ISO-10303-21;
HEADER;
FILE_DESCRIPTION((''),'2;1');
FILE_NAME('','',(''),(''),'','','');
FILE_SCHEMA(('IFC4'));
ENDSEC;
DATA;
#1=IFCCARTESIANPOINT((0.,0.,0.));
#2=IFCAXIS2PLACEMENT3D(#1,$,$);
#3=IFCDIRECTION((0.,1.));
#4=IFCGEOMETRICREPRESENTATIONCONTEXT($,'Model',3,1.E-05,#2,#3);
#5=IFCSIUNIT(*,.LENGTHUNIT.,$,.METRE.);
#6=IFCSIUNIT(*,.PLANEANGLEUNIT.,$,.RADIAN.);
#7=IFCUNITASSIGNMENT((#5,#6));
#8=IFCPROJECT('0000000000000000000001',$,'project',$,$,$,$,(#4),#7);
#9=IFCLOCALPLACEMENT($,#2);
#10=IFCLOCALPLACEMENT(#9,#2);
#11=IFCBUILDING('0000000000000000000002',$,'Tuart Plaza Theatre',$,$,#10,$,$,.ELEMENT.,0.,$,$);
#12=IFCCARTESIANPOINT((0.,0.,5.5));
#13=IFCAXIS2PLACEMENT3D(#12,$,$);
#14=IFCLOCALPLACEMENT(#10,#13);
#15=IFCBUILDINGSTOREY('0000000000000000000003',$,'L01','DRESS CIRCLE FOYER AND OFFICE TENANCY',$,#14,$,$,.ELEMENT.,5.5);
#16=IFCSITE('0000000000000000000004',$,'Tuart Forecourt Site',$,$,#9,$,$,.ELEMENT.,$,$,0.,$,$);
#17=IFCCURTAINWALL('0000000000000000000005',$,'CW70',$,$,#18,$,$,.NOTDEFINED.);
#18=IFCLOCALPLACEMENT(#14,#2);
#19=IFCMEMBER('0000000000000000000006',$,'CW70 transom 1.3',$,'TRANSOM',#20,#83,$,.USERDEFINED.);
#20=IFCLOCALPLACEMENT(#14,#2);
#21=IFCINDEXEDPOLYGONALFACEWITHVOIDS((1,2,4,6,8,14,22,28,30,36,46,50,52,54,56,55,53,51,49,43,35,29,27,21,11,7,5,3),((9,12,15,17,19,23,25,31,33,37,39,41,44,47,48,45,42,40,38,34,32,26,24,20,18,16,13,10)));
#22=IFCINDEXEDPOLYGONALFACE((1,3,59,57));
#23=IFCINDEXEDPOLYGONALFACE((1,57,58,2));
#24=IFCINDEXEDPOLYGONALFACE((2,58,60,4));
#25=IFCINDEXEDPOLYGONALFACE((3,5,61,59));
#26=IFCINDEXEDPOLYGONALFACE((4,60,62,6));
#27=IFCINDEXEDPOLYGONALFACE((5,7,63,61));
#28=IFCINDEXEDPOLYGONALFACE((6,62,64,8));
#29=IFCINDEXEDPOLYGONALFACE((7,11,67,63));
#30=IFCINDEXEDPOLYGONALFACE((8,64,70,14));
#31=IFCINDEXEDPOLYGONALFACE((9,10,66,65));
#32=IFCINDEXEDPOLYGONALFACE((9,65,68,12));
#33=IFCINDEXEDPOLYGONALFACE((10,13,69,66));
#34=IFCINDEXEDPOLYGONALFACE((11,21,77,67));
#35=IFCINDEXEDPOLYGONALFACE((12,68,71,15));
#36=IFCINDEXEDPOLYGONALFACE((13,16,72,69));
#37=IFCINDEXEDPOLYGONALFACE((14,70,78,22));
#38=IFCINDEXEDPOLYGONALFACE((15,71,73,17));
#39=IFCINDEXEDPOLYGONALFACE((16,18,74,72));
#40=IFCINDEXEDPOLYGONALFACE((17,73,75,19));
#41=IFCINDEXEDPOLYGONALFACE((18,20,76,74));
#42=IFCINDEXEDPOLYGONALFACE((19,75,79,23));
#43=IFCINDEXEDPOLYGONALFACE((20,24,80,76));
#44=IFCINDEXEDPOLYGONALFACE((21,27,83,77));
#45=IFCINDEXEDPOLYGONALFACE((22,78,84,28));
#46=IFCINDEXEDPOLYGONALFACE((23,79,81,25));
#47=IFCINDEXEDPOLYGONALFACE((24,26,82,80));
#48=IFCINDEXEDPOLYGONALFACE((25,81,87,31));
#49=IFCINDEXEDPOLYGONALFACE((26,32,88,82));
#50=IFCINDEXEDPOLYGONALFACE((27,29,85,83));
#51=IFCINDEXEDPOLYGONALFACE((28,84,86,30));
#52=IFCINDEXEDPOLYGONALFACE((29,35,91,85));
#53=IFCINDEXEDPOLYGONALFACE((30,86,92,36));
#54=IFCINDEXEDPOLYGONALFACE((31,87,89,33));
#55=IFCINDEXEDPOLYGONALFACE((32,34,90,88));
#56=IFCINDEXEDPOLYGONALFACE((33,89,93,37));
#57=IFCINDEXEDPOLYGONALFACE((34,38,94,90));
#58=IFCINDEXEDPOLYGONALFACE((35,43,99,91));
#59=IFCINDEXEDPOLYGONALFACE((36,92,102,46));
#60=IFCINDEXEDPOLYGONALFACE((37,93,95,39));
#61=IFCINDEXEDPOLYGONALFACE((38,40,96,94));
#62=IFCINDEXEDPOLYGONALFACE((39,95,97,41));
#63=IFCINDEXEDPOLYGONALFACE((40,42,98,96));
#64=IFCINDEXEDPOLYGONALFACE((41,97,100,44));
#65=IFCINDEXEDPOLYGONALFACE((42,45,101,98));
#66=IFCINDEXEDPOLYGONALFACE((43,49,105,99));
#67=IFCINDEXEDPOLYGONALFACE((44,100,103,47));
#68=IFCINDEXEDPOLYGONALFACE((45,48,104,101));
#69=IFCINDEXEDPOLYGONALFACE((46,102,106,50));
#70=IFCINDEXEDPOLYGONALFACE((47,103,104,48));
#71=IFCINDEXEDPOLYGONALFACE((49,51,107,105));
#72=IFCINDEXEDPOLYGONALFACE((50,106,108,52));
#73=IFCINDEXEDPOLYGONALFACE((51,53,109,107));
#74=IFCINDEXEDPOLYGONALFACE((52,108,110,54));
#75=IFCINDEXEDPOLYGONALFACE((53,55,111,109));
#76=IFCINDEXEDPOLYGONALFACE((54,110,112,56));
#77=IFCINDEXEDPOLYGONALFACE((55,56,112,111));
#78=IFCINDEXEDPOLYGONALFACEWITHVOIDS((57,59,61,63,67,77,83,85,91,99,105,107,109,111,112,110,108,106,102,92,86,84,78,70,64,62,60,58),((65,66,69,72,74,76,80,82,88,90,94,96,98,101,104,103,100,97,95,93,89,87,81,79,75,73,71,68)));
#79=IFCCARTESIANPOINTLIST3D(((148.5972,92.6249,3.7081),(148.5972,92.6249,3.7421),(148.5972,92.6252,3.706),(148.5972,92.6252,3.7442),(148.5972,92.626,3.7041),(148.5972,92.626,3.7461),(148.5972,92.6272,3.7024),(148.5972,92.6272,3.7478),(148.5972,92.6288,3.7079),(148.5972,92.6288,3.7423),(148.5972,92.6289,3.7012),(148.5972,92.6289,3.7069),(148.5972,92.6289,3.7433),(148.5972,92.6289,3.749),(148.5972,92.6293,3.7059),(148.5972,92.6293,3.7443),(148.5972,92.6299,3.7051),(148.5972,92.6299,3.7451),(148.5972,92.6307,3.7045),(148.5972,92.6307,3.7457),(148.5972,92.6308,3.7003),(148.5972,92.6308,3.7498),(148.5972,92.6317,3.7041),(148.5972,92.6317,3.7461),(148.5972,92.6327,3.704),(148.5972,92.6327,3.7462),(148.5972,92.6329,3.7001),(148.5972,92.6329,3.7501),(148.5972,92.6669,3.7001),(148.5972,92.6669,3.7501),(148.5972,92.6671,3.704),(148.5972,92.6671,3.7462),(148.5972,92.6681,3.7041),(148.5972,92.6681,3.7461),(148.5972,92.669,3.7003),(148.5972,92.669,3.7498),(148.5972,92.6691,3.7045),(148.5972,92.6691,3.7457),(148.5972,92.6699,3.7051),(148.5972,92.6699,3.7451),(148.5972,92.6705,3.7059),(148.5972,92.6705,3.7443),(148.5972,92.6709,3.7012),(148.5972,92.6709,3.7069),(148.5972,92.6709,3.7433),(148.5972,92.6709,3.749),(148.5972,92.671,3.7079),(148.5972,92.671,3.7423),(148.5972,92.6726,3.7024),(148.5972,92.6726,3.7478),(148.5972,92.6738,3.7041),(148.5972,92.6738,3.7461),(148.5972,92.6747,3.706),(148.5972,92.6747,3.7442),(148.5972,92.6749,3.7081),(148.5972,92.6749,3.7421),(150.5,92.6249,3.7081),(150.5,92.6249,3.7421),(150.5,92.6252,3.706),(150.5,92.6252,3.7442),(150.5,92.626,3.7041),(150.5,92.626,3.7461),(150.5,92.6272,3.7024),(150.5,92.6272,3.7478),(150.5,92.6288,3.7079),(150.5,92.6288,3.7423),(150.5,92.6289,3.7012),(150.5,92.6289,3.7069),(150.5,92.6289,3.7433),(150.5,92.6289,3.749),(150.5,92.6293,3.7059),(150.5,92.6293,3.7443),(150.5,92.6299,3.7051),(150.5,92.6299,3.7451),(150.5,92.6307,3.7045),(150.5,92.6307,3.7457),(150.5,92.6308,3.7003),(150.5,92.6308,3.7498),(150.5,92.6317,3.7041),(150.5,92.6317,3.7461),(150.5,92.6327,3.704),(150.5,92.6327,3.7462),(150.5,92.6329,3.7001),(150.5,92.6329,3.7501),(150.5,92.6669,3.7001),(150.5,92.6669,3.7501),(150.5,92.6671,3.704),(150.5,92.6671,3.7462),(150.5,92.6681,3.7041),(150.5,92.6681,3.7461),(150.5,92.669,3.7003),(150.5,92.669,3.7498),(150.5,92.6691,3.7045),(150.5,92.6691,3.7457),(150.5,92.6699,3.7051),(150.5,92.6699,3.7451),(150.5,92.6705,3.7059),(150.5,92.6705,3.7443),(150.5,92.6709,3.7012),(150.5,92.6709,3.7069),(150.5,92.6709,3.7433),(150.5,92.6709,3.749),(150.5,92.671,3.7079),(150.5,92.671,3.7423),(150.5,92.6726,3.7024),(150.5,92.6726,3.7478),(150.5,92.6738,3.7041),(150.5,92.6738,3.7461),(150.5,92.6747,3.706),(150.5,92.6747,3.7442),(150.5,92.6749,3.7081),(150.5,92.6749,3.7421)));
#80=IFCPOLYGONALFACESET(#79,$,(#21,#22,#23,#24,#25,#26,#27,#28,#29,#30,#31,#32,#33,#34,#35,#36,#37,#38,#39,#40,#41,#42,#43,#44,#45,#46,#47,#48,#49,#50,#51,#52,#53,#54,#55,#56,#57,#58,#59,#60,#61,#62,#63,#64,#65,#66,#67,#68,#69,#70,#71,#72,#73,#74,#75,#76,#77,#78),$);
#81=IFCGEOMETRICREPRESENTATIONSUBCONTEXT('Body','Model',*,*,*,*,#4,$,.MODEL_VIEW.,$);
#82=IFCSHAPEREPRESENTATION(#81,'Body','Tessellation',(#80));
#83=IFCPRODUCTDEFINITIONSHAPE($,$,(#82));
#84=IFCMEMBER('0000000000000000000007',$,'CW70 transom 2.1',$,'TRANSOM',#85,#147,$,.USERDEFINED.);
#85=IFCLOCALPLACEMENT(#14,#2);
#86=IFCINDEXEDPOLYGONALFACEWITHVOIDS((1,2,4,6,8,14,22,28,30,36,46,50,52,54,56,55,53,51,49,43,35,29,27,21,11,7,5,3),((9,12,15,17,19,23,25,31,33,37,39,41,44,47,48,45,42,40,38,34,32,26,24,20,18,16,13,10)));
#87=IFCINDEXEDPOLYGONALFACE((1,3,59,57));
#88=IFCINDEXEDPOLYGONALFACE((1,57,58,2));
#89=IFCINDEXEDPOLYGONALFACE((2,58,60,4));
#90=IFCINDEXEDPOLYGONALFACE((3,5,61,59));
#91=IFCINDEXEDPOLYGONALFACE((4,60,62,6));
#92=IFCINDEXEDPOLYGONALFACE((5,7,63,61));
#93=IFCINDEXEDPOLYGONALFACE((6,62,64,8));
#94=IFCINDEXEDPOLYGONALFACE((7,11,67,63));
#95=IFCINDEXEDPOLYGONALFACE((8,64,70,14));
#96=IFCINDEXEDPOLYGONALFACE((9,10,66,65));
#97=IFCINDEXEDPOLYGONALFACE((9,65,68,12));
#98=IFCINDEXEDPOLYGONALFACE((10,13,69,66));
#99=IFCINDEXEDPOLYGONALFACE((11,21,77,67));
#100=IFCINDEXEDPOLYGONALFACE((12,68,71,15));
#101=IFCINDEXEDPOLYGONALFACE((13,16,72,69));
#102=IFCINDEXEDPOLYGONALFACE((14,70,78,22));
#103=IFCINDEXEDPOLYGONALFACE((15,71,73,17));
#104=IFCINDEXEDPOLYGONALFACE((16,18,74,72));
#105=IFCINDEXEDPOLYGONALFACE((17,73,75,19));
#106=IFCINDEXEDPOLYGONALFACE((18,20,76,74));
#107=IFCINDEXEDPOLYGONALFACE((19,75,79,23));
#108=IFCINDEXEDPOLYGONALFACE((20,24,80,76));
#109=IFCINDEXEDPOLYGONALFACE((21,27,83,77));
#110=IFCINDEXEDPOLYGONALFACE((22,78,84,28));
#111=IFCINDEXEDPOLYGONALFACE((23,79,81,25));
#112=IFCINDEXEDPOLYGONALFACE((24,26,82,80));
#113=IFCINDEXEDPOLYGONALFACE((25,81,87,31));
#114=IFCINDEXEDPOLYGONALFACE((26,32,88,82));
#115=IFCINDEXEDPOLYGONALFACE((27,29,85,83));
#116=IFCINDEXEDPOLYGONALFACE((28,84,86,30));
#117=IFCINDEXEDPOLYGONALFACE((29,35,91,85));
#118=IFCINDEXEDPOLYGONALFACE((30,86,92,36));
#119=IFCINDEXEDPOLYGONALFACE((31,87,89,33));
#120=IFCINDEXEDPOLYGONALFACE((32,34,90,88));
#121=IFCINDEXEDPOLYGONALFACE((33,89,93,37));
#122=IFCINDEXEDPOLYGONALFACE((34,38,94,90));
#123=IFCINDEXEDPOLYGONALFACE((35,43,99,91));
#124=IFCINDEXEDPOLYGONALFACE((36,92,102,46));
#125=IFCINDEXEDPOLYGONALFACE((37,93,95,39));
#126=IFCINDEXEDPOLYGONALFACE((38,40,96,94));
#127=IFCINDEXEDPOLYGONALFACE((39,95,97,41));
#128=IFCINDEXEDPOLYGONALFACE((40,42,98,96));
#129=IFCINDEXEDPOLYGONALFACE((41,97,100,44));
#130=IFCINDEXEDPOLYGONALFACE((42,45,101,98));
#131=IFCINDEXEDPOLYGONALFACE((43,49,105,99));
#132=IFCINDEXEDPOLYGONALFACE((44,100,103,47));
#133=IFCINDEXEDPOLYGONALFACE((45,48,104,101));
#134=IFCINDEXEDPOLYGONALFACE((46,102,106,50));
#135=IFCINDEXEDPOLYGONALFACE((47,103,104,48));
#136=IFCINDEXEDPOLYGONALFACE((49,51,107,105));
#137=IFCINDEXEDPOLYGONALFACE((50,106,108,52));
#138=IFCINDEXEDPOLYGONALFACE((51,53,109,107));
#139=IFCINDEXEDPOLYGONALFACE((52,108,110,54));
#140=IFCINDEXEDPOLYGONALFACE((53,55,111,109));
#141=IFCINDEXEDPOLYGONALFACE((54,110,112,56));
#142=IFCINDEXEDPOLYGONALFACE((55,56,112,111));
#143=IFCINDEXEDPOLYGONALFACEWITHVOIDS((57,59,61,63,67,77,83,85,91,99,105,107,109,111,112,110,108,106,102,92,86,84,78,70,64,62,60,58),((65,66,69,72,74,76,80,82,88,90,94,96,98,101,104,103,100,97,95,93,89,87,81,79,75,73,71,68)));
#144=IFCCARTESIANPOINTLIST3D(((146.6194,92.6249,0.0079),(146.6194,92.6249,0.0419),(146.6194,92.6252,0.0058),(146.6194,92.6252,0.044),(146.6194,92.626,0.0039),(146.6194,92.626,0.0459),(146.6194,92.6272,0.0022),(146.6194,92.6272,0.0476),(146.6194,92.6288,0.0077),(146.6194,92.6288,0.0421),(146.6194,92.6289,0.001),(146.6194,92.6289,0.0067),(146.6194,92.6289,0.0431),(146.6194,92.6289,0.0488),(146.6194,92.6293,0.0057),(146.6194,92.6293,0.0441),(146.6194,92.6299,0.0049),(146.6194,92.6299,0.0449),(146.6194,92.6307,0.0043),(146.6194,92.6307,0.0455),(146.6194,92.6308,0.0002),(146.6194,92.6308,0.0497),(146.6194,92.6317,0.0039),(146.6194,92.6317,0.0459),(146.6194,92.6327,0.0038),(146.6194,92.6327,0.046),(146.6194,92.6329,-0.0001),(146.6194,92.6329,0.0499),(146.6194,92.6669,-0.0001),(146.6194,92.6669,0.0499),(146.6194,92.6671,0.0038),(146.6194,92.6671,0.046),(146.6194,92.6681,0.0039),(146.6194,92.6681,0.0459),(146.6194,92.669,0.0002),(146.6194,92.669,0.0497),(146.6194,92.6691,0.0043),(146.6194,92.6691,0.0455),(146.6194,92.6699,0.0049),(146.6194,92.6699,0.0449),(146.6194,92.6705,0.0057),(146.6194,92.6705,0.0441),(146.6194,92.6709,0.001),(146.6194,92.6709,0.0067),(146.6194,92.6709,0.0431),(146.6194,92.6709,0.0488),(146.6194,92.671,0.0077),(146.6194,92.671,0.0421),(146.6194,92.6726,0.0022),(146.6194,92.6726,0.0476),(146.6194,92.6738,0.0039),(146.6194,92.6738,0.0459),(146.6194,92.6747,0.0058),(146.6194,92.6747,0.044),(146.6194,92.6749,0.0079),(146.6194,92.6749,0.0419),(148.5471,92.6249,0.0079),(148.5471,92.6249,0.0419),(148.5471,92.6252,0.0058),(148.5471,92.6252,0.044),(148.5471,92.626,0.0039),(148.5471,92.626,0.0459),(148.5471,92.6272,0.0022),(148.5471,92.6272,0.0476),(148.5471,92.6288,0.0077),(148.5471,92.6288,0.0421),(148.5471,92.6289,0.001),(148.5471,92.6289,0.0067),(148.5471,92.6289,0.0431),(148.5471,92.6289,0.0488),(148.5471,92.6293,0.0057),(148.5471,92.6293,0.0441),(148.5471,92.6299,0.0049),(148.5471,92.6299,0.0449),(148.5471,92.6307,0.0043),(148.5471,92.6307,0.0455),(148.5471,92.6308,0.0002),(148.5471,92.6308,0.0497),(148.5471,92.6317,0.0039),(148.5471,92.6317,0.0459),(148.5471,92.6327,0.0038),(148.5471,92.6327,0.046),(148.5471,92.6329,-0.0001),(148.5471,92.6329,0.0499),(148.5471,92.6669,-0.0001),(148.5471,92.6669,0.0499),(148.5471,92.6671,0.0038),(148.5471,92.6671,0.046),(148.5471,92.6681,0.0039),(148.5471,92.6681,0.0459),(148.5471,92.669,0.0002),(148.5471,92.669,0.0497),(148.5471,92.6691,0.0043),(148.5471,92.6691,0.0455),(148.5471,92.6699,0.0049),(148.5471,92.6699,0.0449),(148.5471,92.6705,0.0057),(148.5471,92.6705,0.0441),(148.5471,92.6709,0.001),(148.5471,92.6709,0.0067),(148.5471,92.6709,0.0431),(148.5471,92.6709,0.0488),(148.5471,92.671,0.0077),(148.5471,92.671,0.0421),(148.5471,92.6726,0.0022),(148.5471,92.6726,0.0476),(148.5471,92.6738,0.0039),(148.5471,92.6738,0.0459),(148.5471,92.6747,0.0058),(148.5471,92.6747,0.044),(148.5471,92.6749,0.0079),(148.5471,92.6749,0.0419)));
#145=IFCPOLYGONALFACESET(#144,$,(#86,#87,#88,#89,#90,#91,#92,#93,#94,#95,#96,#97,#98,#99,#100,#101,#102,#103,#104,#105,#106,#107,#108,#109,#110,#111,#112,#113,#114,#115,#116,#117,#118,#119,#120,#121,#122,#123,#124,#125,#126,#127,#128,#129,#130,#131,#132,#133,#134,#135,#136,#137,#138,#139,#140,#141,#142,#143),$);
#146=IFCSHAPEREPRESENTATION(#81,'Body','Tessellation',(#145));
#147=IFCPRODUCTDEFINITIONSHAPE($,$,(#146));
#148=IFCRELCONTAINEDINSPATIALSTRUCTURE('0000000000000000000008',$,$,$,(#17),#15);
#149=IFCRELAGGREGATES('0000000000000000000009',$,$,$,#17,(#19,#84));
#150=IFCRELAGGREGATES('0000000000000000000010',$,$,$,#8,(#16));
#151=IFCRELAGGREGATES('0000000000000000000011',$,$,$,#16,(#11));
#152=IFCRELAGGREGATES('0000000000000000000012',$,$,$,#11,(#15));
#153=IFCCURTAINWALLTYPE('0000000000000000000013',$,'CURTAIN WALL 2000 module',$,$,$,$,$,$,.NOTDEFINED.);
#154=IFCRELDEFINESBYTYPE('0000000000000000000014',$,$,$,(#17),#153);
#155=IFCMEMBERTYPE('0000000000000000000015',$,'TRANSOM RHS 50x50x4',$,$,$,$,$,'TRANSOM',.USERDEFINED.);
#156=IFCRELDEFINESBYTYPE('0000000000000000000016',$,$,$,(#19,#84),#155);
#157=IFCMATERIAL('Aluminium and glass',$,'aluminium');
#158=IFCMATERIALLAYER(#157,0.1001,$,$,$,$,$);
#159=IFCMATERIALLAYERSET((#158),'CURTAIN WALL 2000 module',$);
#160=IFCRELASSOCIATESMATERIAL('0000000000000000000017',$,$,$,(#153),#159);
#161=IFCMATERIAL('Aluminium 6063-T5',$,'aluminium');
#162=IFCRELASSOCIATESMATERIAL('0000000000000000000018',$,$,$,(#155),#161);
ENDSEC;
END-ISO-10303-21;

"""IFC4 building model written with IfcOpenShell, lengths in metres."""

from ifc_helpers import new_model, si_unit, direction, frame, origin, origin_2d, place, context, subcontext, project, spatial, hollow_rectangle, extrude, material, layer, layer_set, material_profile, profile_set, type_object, element, aggregate, save


model = new_model("IFC4")

# Units and contexts
model_context = context("Model", 3, precision=1e-05, world=origin(), true_north=direction((0.0, 1.0)))
body_context = subcontext(model_context, "Body", "Model", "MODEL_VIEW")
ifc_project = project(units=[si_unit("LENGTHUNIT", "METRE"), si_unit("PLANEANGLEUNIT", "RADIAN")], contexts=[model_context])

# Site, building, storey
site_placement = place(None, origin())
site = spatial("IfcSite", under=ifc_project, at=site_placement, Name="Tuart Forecourt Site", CompositionType="ELEMENT", RefElevation=0.0)
building_placement = place(site_placement, origin())
building = spatial("IfcBuilding", under=site, at=building_placement, Name="Tuart Plaza Theatre", CompositionType="ELEMENT", ElevationOfRefHeight=0.0)
storey_placement = place(building_placement, frame((0.0, 0.0, 5.5)))
storey = spatial("IfcBuildingStorey", under=building, at=storey_placement, Name="L01", Description="DRESS CIRCLE FOYER AND OFFICE TENANCY", CompositionType="ELEMENT", Elevation=5.5)

# Curtain wall
ifc_material_1 = material(Name="Aluminium and glass", Category="aluminium")
ifc_layer_1 = layer(ifc_material_1, 0.1001)
ifc_layer_set_1 = layer_set([ifc_layer_1], Name="CURTAIN WALL 2000 module")
curtain_wall_type = type_object("IfcCurtainWallType", Name="CURTAIN WALL 2000 module", PredefinedType="NOTDEFINED", material=ifc_layer_set_1)
curtain_wall_1_placement = place(storey_placement, origin())
curtain_wall_1 = element("IfcCurtainWall", 1, at=curtain_wall_1_placement, inside=storey, type_object=curtain_wall_type, Name="CW70", PredefinedType="NOTDEFINED")

# Members
ifc_material_2 = material(Name="Aluminium 6063-T5", Category="aluminium")
ifc_material_profile_1 = material_profile(ifc_material_2, hollow_rectangle(XDim=0.05, YDim=0.05, WallThickness=0.0039, InnerFilletRadius=0.0039, OuterFilletRadius=0.0081, at=origin_2d()), Name="RHS 50x50x4")
ifc_profile_set_1 = profile_set([ifc_material_profile_1], Name="Aluminium 6063-T5")
member_type_1 = type_object("IfcMemberType", Name="TRANSOM RHS 50x50x4", ElementType="TRANSOM", PredefinedType="USERDEFINED", material=ifc_profile_set_1)
member_1_placement = place(storey_placement, frame((150.5, 92.6499, 3.7251), z_axis=(-1.0, 0.0, 0.0), x_axis=(0.0, -1.0, 0.0)))
member_1 = element("IfcMember", 2, at=member_1_placement, type_object=member_type_1, Name="CW70 transom 1.3", ObjectType="TRANSOM", PredefinedType="USERDEFINED", context=body_context, shape_type="SweptSolid", body=[
    extrude(hollow_rectangle(XDim=0.05, YDim=0.05, WallThickness=0.0039, InnerFilletRadius=0.0039, OuterFilletRadius=0.0081, at=origin_2d()), origin(), (0.0, 0.0, 1.0), 1.9028),
])
member_2_placement = place(storey_placement, frame((148.5471, 92.6499, 0.0249), z_axis=(-1.0, 0.0, 0.0), x_axis=(0.0, -1.0, 0.0)))
member_2 = element("IfcMember", 3, at=member_2_placement, type_object=member_type_1, Name="CW70 transom 2.1", ObjectType="TRANSOM", PredefinedType="USERDEFINED", context=body_context, shape_type="SweptSolid", body=[
    extrude(hollow_rectangle(XDim=0.05, YDim=0.05, WallThickness=0.0039, InnerFilletRadius=0.0039, OuterFilletRadius=0.0081, at=origin_2d()), origin(), (0.0, 0.0, 1.0), 1.9277),
])

aggregate(curtain_wall_1, [member_1, member_2])

save(model, "model.ifc")
